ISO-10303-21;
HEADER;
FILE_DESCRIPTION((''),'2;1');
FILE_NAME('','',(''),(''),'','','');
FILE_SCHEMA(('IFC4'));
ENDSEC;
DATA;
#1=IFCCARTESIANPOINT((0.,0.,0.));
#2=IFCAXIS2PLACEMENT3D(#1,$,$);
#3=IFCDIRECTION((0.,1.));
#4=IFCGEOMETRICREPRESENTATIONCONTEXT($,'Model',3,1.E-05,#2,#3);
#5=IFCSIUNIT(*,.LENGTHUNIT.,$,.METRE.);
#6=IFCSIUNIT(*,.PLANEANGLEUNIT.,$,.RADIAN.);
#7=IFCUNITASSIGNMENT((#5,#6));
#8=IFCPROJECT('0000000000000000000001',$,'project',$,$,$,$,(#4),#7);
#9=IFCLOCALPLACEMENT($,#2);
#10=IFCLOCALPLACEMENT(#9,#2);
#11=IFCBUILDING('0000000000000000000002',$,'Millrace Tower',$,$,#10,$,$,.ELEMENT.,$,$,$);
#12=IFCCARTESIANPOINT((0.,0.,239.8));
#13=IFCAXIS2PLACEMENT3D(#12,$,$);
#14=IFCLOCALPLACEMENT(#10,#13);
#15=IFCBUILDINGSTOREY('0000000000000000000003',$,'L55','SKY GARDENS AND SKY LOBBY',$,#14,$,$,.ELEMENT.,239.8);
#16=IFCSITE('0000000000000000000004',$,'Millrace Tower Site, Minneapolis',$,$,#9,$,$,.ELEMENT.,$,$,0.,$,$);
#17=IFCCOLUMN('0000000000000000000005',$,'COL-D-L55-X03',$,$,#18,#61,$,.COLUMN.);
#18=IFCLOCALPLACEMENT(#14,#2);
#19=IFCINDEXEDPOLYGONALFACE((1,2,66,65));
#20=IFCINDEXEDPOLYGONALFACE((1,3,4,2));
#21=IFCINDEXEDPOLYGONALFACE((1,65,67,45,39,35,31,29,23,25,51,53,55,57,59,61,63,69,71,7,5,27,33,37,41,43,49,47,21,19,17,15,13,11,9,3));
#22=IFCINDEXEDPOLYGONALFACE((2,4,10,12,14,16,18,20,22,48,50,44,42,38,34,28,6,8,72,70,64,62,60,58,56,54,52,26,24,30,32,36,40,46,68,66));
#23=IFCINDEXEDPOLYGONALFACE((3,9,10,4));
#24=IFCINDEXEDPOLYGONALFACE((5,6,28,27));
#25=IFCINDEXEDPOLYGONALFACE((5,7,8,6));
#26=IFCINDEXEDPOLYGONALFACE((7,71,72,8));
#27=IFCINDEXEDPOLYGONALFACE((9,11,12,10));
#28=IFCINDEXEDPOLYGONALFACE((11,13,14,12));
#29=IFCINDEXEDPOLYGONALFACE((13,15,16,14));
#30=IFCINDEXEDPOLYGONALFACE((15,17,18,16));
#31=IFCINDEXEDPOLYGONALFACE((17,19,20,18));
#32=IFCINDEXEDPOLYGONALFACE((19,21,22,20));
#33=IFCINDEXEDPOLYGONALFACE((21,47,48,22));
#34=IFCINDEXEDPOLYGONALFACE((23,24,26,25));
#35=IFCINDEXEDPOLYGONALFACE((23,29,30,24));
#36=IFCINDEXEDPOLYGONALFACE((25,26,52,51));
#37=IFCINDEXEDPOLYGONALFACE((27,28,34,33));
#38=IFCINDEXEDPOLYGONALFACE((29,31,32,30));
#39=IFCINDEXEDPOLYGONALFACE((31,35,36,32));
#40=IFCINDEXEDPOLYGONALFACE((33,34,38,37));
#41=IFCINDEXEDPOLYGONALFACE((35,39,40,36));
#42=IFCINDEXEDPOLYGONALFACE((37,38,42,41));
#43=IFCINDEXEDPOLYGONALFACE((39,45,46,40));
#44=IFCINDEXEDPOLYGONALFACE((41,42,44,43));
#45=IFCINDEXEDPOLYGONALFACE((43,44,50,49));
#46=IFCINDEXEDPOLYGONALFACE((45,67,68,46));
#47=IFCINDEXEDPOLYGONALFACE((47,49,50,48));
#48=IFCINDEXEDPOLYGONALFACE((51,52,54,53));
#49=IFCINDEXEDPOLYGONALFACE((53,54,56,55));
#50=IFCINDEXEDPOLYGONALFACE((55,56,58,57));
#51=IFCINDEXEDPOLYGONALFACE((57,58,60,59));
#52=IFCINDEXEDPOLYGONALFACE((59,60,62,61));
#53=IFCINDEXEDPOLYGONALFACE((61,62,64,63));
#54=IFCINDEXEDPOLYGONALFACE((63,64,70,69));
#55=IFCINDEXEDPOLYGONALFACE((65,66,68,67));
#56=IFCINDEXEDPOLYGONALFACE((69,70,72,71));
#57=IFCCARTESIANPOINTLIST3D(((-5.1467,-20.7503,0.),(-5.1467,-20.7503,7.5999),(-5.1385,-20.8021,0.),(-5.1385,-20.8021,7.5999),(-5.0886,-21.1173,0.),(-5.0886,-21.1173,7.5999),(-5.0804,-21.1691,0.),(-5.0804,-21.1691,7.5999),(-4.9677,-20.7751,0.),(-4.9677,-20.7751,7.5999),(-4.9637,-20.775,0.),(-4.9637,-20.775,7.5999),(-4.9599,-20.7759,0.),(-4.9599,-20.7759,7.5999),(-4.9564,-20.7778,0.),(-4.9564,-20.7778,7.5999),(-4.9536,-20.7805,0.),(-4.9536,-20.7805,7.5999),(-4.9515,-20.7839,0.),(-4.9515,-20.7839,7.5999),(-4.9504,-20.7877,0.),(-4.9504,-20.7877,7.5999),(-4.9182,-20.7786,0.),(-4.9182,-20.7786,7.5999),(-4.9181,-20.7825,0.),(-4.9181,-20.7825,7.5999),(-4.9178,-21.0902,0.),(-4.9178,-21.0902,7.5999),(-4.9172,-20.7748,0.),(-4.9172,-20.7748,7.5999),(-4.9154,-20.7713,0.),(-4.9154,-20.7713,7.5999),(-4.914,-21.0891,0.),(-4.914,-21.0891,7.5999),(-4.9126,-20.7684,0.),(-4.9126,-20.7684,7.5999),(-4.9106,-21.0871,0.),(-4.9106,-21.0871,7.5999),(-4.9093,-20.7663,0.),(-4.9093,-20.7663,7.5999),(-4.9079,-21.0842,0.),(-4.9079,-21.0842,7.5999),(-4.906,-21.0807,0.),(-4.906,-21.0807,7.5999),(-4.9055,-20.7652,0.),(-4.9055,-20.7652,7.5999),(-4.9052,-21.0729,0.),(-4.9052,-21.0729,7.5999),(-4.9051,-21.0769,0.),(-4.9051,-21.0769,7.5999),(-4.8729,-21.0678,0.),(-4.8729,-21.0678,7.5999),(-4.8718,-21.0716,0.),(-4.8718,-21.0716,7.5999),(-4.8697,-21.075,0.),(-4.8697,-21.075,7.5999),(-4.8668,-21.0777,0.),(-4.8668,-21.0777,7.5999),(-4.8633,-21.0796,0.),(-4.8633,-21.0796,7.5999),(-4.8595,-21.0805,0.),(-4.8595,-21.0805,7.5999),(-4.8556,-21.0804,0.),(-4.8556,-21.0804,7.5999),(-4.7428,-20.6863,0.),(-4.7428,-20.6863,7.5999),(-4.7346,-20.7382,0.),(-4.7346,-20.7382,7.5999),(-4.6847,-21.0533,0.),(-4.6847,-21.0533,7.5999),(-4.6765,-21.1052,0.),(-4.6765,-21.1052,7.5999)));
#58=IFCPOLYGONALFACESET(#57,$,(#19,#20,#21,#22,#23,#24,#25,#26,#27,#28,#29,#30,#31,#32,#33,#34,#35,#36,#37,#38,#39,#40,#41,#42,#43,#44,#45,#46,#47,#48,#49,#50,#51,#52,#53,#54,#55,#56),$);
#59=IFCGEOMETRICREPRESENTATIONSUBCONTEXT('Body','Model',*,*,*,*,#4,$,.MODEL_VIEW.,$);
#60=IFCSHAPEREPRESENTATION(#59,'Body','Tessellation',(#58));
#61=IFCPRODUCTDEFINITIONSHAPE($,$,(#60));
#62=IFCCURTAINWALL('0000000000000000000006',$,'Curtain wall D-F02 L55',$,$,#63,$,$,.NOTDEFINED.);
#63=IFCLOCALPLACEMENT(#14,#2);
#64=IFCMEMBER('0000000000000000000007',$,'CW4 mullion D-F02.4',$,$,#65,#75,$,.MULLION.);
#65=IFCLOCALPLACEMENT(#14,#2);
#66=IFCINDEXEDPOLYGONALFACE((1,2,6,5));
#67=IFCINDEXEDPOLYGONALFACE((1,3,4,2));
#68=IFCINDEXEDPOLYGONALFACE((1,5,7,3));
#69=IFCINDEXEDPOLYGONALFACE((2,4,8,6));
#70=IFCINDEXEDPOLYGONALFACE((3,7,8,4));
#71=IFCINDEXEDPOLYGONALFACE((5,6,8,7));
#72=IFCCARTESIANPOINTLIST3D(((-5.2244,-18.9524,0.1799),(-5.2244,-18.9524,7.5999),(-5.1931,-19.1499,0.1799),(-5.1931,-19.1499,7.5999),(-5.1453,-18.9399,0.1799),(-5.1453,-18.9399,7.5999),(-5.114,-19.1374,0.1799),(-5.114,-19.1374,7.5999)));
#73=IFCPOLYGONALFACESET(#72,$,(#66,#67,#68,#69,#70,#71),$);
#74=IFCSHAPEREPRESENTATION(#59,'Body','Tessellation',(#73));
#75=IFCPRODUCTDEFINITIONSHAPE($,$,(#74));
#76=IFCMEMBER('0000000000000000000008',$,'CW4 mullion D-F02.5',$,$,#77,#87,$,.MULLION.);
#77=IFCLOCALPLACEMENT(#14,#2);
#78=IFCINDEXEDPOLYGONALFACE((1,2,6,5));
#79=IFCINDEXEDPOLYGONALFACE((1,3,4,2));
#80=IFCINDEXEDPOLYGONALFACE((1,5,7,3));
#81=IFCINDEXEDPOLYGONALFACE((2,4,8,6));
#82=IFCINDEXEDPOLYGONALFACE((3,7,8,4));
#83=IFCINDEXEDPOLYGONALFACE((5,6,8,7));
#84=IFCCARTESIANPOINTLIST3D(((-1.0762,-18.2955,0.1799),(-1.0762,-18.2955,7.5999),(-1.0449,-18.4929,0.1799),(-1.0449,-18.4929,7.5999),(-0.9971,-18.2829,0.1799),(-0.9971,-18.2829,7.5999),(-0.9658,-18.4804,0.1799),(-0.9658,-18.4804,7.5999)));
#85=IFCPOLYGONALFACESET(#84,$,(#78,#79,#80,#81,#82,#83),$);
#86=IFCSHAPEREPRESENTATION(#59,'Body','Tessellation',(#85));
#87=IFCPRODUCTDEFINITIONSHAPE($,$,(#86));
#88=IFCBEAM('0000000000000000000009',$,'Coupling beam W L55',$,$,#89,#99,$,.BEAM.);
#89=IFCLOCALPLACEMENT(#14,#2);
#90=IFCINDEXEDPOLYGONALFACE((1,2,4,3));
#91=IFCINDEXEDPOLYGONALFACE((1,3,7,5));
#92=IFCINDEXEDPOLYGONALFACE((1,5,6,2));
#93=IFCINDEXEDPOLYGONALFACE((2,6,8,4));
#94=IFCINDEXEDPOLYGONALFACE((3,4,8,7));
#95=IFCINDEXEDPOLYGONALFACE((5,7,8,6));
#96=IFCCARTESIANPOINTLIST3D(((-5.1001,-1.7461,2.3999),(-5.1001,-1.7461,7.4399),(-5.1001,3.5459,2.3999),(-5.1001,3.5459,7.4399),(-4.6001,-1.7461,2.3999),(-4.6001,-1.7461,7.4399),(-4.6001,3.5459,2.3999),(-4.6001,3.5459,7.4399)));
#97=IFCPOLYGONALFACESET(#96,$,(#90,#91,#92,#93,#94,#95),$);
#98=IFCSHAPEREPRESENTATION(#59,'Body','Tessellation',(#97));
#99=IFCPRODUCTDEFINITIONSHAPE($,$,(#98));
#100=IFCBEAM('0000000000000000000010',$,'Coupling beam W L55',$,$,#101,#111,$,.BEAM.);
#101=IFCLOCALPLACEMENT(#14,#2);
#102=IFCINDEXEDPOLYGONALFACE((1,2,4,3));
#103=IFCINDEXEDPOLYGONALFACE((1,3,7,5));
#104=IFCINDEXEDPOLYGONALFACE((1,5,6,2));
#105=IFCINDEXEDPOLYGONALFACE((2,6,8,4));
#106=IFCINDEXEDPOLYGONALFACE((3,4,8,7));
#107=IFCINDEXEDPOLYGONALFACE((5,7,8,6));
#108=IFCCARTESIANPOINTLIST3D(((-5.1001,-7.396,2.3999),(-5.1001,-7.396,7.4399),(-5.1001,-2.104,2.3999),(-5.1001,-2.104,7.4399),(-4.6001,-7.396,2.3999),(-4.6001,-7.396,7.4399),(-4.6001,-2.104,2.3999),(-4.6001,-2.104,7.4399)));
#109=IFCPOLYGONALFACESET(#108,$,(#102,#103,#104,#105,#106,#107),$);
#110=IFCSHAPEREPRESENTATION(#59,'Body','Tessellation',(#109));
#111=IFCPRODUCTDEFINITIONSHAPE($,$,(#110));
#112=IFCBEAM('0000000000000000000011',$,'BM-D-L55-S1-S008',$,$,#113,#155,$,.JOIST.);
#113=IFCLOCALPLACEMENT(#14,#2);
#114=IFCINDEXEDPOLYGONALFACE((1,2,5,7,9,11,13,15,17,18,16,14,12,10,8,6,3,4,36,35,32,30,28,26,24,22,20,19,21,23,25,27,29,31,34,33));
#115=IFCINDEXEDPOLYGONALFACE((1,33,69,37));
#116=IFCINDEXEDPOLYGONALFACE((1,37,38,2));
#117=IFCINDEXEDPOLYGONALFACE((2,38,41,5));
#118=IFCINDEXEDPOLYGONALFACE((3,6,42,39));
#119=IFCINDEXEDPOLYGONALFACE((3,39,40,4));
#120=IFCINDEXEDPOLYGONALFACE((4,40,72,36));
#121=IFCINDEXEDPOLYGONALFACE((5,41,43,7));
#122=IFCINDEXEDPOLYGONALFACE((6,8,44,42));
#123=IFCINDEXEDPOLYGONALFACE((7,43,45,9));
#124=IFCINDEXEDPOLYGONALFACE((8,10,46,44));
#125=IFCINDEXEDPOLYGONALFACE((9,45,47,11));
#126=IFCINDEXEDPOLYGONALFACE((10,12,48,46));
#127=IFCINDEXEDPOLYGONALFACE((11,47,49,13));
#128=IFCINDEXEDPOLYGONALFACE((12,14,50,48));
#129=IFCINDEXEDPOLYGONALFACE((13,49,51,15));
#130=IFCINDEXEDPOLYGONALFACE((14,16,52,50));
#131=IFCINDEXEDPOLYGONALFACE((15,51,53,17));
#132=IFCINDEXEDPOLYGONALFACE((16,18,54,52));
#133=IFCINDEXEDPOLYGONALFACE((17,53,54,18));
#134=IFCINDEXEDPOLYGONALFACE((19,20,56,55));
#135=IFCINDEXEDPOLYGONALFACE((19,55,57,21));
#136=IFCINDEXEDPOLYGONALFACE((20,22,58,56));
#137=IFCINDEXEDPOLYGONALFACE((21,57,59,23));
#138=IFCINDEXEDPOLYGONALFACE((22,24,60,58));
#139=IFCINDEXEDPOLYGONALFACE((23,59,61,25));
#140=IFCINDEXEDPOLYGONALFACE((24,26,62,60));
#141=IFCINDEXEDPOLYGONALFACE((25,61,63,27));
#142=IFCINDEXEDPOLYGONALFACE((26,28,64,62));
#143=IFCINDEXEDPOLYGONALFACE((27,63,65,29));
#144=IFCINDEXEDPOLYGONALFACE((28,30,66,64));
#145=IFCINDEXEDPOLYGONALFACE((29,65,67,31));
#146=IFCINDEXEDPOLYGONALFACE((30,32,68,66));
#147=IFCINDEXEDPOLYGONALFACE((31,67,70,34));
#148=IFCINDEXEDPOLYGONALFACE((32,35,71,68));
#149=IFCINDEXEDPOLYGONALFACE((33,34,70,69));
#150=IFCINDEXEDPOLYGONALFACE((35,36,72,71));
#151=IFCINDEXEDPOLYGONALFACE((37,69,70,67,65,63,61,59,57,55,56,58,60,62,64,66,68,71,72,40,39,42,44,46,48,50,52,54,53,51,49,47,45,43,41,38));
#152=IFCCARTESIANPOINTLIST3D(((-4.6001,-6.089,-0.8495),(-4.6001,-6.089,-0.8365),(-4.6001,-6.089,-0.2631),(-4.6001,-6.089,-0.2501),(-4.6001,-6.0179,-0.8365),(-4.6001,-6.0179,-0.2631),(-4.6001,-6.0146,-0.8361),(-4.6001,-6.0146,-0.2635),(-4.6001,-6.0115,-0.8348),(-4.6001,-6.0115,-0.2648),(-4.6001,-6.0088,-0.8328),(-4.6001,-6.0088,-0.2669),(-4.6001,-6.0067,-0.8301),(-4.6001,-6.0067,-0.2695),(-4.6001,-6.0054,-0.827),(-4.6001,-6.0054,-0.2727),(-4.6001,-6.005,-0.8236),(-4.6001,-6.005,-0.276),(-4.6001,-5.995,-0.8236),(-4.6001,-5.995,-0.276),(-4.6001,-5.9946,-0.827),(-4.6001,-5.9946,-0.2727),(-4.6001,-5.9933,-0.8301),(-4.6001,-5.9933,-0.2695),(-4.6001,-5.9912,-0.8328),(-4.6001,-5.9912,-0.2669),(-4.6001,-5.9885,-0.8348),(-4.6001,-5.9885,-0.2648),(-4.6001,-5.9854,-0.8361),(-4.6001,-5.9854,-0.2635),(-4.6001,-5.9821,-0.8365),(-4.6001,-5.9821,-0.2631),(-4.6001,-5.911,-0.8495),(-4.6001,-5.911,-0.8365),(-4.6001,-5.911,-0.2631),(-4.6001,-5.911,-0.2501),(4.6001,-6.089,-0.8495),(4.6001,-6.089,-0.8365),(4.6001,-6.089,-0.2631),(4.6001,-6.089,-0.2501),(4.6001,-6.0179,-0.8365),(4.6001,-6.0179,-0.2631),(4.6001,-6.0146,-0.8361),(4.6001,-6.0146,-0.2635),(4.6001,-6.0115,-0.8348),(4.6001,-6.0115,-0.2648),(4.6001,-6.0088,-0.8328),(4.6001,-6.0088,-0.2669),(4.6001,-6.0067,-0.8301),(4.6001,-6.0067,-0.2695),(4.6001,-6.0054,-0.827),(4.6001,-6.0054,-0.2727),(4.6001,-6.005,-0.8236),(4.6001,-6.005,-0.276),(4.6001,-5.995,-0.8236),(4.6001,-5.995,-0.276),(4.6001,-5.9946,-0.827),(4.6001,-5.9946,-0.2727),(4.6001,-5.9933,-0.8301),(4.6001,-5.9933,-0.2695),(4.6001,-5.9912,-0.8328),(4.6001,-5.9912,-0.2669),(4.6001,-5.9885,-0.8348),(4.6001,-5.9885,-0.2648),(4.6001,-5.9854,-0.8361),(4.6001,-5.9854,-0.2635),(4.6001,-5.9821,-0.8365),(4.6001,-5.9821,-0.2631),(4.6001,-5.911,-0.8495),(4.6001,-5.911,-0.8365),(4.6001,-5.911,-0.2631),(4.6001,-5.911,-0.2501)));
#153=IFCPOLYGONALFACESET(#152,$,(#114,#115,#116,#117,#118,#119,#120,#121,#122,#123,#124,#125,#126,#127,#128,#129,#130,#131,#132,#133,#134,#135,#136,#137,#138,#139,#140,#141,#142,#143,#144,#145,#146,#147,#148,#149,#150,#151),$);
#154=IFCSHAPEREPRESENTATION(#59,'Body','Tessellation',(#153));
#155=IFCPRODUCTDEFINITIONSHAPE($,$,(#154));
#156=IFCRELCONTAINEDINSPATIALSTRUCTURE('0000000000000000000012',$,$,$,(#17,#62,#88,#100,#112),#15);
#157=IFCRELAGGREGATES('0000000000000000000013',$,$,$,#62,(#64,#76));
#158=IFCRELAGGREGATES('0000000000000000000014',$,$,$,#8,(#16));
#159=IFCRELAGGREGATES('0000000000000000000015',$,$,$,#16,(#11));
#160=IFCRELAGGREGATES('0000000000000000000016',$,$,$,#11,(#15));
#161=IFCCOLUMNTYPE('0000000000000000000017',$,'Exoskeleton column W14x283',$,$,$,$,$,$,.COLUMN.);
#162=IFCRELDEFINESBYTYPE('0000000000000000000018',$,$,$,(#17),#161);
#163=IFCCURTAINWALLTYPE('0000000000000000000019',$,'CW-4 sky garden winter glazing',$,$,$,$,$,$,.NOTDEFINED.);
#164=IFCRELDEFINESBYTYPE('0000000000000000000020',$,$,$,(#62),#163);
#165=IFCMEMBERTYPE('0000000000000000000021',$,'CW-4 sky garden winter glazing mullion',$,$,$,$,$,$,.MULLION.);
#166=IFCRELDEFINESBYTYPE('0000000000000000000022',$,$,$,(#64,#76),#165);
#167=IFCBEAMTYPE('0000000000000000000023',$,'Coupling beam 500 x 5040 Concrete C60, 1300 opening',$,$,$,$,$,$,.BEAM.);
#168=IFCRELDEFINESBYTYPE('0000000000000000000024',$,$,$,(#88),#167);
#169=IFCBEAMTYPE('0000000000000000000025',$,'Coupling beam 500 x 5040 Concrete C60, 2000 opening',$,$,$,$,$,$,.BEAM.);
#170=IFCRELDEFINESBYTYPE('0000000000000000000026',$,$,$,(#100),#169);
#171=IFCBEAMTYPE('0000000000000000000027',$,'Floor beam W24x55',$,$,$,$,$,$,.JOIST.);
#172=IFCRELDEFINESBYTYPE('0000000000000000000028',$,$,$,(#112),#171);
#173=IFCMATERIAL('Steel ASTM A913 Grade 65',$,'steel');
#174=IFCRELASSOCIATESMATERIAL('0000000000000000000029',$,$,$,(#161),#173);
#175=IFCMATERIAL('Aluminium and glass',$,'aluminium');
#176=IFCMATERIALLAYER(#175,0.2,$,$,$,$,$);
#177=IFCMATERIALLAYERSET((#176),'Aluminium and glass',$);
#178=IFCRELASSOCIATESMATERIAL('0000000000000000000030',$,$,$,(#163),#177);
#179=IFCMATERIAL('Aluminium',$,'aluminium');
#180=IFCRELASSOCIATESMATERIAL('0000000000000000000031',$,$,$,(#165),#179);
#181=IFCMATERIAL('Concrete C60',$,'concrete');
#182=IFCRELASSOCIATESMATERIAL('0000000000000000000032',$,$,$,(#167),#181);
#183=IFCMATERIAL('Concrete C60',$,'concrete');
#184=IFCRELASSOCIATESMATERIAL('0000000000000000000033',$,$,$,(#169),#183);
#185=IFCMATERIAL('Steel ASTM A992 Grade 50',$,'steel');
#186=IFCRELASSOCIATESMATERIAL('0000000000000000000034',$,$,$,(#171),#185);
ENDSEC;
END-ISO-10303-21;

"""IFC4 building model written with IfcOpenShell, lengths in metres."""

from ifc_helpers import new_model, si_unit, direction, frame, origin, origin_2d, place, context, subcontext, project, spatial, rectangle, i_section, extrude, material, layer, layer_set, material_profile, profile_set, type_object, element, aggregate, save


model = new_model("IFC4")

# Units and contexts
model_context = context("Model", 3, precision=1e-05, world=origin(), true_north=direction((0.0, 1.0)))
body_context = subcontext(model_context, "Body", "Model", "MODEL_VIEW")
ifc_project = project(units=[si_unit("LENGTHUNIT", "METRE"), si_unit("PLANEANGLEUNIT", "RADIAN")], contexts=[model_context])

# Site, building, storey
site_placement = place(None, origin())
site = spatial("IfcSite", under=ifc_project, at=site_placement, Name="Millrace Tower Site, Minneapolis", CompositionType="ELEMENT", RefElevation=0.0)
building_placement = place(site_placement, origin())
building = spatial("IfcBuilding", under=site, at=building_placement, Name="Millrace Tower", CompositionType="ELEMENT")
storey_placement = place(building_placement, frame((0.0, 0.0, 239.8)))
storey = spatial("IfcBuildingStorey", under=building, at=storey_placement, Name="L55", Description="SKY GARDENS AND SKY LOBBY", CompositionType="ELEMENT", Elevation=239.8)

# Column
ifc_material_1 = material(Name="Steel ASTM A913 Grade 65", Category="steel")
ifc_material_profile_1 = material_profile(ifc_material_1, i_section(OverallWidth=0.4089, OverallDepth=0.4241, WebThickness=0.0327, FlangeThickness=0.0525, FilletRadius=0.0151, at=origin_2d()))
ifc_profile_set_1 = profile_set([ifc_material_profile_1], Name="Steel ASTM A913 Grade 65")
column_type = type_object("IfcColumnType", Name="Exoskeleton column W14x283", PredefinedType="COLUMN", material=ifc_profile_set_1)
column_placement = place(storey_placement, frame((-4.9116, -20.9277, 0.0), z_axis=(0.0, 0.0, 1.0), x_axis=(0.987688, 0.156434, 0.0)))
element("IfcColumn", 1, at=column_placement, inside=storey, type_object=column_type, Name="COL-D-L55-X03", PredefinedType="COLUMN", context=body_context, shape_type="SweptSolid", body=[
    extrude(i_section(OverallWidth=0.4089, OverallDepth=0.4241, WebThickness=0.0327, FlangeThickness=0.0525, FilletRadius=0.0151, at=origin_2d()), origin(), (0.0, 0.0, 1.0), 7.5999),
])

# Curtain wall, members
ifc_material_2 = material(Name="Aluminium and glass", Category="aluminium")
ifc_layer_1 = layer(ifc_material_2, 0.2)
ifc_layer_set_1 = layer_set([ifc_layer_1], Name="Aluminium and glass")
curtain_wall_type = type_object("IfcCurtainWallType", Name="CW-4 sky garden winter glazing", PredefinedType="NOTDEFINED", material=ifc_layer_set_1)
placement_1 = place(storey_placement, origin())
curtain_wall_1 = element("IfcCurtainWall", 2, at=placement_1, inside=storey, type_object=curtain_wall_type, Name="Curtain wall D-F02 L55", PredefinedType="NOTDEFINED")
ifc_material_3 = material(Name="Aluminium", Category="aluminium")
ifc_material_profile_2 = material_profile(ifc_material_3, rectangle(XDim=0.0801, YDim=0.2, at=origin_2d()))
ifc_profile_set_2 = profile_set([ifc_material_profile_2], Name="Aluminium")
member_type = type_object("IfcMemberType", Name="CW-4 sky garden winter glazing mullion", PredefinedType="MULLION", material=ifc_profile_set_2)
member_1_placement = place(storey_placement, frame((-5.1692, -19.0449, 0.1799), z_axis=(0.0, 0.0, 1.0), x_axis=(0.987688, 0.156434, 0.0)))
member_1 = element("IfcMember", 3, at=member_1_placement, type_object=member_type, Name="CW4 mullion D-F02.4", PredefinedType="MULLION", context=body_context, shape_type="SweptSolid", body=[
    extrude(rectangle(XDim=0.0801, YDim=0.2, at=origin_2d()), origin(), (0.0, 0.0, 1.0), 7.4199),
])
member_2_placement = place(storey_placement, frame((-1.021, -18.3879, 0.1799), z_axis=(0.0, 0.0, 1.0), x_axis=(0.987688, 0.156434, 0.0)))
member_2 = element("IfcMember", 4, at=member_2_placement, type_object=member_type, Name="CW4 mullion D-F02.5", PredefinedType="MULLION", context=body_context, shape_type="SweptSolid", body=[
    extrude(rectangle(XDim=0.0801, YDim=0.2, at=origin_2d()), origin(), (0.0, 0.0, 1.0), 7.4199),
])

# Beams
ifc_material_4 = material(Name="Concrete C60", Category="concrete")
ifc_material_profile_3 = material_profile(ifc_material_4, rectangle(XDim=0.5, YDim=5.04, at=origin_2d()))
ifc_profile_set_3 = profile_set([ifc_material_profile_3], Name="Concrete C60")
beam_type_1 = type_object("IfcBeamType", Name="Coupling beam 500 x 5040 Concrete C60, 1300 opening", PredefinedType="BEAM", material=ifc_profile_set_3)
beam_1_placement = place(storey_placement, frame((-4.8501, -1.7461, 4.9199), z_axis=(0.0, 1.0, 0.0), x_axis=(-1.0, 0.0, 0.0)))
element("IfcBeam", 5, at=beam_1_placement, inside=storey, type_object=beam_type_1, Name="Coupling beam W L55", PredefinedType="BEAM", context=body_context, shape_type="SweptSolid", body=[
    extrude(rectangle(XDim=0.5, YDim=5.04, at=origin_2d()), origin(), (0.0, 0.0, 1.0), 5.292),
])
ifc_material_5 = material(Name="Concrete C60", Category="concrete")
ifc_material_profile_4 = material_profile(ifc_material_5, rectangle(XDim=0.5, YDim=5.04, at=origin_2d()))
ifc_profile_set_4 = profile_set([ifc_material_profile_4], Name="Concrete C60")
beam_type_2 = type_object("IfcBeamType", Name="Coupling beam 500 x 5040 Concrete C60, 2000 opening", PredefinedType="BEAM", material=ifc_profile_set_4)
beam_2_placement = place(storey_placement, frame((-4.8501, -7.396, 4.9199), z_axis=(0.0, 1.0, 0.0), x_axis=(-1.0, 0.0, 0.0)))
element("IfcBeam", 6, at=beam_2_placement, inside=storey, type_object=beam_type_2, Name="Coupling beam W L55", PredefinedType="BEAM", context=body_context, shape_type="SweptSolid", body=[
    extrude(rectangle(XDim=0.5, YDim=5.04, at=origin_2d()), origin(), (0.0, 0.0, 1.0), 5.292),
])
ifc_material_6 = material(Name="Steel ASTM A992 Grade 50", Category="steel")
ifc_material_profile_5 = material_profile(ifc_material_6, i_section(OverallWidth=0.178, OverallDepth=0.5994, WebThickness=0.01, FlangeThickness=0.0129, FilletRadius=0.0129, at=origin_2d()))
ifc_profile_set_5 = profile_set([ifc_material_profile_5], Name="Steel ASTM A992 Grade 50")
beam_type_3 = type_object("IfcBeamType", Name="Floor beam W24x55", PredefinedType="JOIST", material=ifc_profile_set_5)
for number, where, z_axis, x_axis, name in (
    (7, (-4.6001, -6.0, -0.5498), (1.0, 0.0, 0.0), (0.0, 1.0, 0.0), "BM-D-L55-S1-S008"),
):
    element("IfcBeam", number, at=place(storey_placement, frame(where, z_axis=z_axis, x_axis=x_axis)), inside=storey, type_object=beam_type_3, Name=name, PredefinedType="JOIST", context=body_context, shape_type="SweptSolid", body=[
        extrude(i_section(OverallWidth=0.178, OverallDepth=0.5994, WebThickness=0.01, FlangeThickness=0.0129, FilletRadius=0.0129, at=origin_2d()), origin(), (0.0, 0.0, 1.0), 9.2002),
    ])

aggregate(curtain_wall_1, [member_1, member_2])

save(model, "model.ifc")
